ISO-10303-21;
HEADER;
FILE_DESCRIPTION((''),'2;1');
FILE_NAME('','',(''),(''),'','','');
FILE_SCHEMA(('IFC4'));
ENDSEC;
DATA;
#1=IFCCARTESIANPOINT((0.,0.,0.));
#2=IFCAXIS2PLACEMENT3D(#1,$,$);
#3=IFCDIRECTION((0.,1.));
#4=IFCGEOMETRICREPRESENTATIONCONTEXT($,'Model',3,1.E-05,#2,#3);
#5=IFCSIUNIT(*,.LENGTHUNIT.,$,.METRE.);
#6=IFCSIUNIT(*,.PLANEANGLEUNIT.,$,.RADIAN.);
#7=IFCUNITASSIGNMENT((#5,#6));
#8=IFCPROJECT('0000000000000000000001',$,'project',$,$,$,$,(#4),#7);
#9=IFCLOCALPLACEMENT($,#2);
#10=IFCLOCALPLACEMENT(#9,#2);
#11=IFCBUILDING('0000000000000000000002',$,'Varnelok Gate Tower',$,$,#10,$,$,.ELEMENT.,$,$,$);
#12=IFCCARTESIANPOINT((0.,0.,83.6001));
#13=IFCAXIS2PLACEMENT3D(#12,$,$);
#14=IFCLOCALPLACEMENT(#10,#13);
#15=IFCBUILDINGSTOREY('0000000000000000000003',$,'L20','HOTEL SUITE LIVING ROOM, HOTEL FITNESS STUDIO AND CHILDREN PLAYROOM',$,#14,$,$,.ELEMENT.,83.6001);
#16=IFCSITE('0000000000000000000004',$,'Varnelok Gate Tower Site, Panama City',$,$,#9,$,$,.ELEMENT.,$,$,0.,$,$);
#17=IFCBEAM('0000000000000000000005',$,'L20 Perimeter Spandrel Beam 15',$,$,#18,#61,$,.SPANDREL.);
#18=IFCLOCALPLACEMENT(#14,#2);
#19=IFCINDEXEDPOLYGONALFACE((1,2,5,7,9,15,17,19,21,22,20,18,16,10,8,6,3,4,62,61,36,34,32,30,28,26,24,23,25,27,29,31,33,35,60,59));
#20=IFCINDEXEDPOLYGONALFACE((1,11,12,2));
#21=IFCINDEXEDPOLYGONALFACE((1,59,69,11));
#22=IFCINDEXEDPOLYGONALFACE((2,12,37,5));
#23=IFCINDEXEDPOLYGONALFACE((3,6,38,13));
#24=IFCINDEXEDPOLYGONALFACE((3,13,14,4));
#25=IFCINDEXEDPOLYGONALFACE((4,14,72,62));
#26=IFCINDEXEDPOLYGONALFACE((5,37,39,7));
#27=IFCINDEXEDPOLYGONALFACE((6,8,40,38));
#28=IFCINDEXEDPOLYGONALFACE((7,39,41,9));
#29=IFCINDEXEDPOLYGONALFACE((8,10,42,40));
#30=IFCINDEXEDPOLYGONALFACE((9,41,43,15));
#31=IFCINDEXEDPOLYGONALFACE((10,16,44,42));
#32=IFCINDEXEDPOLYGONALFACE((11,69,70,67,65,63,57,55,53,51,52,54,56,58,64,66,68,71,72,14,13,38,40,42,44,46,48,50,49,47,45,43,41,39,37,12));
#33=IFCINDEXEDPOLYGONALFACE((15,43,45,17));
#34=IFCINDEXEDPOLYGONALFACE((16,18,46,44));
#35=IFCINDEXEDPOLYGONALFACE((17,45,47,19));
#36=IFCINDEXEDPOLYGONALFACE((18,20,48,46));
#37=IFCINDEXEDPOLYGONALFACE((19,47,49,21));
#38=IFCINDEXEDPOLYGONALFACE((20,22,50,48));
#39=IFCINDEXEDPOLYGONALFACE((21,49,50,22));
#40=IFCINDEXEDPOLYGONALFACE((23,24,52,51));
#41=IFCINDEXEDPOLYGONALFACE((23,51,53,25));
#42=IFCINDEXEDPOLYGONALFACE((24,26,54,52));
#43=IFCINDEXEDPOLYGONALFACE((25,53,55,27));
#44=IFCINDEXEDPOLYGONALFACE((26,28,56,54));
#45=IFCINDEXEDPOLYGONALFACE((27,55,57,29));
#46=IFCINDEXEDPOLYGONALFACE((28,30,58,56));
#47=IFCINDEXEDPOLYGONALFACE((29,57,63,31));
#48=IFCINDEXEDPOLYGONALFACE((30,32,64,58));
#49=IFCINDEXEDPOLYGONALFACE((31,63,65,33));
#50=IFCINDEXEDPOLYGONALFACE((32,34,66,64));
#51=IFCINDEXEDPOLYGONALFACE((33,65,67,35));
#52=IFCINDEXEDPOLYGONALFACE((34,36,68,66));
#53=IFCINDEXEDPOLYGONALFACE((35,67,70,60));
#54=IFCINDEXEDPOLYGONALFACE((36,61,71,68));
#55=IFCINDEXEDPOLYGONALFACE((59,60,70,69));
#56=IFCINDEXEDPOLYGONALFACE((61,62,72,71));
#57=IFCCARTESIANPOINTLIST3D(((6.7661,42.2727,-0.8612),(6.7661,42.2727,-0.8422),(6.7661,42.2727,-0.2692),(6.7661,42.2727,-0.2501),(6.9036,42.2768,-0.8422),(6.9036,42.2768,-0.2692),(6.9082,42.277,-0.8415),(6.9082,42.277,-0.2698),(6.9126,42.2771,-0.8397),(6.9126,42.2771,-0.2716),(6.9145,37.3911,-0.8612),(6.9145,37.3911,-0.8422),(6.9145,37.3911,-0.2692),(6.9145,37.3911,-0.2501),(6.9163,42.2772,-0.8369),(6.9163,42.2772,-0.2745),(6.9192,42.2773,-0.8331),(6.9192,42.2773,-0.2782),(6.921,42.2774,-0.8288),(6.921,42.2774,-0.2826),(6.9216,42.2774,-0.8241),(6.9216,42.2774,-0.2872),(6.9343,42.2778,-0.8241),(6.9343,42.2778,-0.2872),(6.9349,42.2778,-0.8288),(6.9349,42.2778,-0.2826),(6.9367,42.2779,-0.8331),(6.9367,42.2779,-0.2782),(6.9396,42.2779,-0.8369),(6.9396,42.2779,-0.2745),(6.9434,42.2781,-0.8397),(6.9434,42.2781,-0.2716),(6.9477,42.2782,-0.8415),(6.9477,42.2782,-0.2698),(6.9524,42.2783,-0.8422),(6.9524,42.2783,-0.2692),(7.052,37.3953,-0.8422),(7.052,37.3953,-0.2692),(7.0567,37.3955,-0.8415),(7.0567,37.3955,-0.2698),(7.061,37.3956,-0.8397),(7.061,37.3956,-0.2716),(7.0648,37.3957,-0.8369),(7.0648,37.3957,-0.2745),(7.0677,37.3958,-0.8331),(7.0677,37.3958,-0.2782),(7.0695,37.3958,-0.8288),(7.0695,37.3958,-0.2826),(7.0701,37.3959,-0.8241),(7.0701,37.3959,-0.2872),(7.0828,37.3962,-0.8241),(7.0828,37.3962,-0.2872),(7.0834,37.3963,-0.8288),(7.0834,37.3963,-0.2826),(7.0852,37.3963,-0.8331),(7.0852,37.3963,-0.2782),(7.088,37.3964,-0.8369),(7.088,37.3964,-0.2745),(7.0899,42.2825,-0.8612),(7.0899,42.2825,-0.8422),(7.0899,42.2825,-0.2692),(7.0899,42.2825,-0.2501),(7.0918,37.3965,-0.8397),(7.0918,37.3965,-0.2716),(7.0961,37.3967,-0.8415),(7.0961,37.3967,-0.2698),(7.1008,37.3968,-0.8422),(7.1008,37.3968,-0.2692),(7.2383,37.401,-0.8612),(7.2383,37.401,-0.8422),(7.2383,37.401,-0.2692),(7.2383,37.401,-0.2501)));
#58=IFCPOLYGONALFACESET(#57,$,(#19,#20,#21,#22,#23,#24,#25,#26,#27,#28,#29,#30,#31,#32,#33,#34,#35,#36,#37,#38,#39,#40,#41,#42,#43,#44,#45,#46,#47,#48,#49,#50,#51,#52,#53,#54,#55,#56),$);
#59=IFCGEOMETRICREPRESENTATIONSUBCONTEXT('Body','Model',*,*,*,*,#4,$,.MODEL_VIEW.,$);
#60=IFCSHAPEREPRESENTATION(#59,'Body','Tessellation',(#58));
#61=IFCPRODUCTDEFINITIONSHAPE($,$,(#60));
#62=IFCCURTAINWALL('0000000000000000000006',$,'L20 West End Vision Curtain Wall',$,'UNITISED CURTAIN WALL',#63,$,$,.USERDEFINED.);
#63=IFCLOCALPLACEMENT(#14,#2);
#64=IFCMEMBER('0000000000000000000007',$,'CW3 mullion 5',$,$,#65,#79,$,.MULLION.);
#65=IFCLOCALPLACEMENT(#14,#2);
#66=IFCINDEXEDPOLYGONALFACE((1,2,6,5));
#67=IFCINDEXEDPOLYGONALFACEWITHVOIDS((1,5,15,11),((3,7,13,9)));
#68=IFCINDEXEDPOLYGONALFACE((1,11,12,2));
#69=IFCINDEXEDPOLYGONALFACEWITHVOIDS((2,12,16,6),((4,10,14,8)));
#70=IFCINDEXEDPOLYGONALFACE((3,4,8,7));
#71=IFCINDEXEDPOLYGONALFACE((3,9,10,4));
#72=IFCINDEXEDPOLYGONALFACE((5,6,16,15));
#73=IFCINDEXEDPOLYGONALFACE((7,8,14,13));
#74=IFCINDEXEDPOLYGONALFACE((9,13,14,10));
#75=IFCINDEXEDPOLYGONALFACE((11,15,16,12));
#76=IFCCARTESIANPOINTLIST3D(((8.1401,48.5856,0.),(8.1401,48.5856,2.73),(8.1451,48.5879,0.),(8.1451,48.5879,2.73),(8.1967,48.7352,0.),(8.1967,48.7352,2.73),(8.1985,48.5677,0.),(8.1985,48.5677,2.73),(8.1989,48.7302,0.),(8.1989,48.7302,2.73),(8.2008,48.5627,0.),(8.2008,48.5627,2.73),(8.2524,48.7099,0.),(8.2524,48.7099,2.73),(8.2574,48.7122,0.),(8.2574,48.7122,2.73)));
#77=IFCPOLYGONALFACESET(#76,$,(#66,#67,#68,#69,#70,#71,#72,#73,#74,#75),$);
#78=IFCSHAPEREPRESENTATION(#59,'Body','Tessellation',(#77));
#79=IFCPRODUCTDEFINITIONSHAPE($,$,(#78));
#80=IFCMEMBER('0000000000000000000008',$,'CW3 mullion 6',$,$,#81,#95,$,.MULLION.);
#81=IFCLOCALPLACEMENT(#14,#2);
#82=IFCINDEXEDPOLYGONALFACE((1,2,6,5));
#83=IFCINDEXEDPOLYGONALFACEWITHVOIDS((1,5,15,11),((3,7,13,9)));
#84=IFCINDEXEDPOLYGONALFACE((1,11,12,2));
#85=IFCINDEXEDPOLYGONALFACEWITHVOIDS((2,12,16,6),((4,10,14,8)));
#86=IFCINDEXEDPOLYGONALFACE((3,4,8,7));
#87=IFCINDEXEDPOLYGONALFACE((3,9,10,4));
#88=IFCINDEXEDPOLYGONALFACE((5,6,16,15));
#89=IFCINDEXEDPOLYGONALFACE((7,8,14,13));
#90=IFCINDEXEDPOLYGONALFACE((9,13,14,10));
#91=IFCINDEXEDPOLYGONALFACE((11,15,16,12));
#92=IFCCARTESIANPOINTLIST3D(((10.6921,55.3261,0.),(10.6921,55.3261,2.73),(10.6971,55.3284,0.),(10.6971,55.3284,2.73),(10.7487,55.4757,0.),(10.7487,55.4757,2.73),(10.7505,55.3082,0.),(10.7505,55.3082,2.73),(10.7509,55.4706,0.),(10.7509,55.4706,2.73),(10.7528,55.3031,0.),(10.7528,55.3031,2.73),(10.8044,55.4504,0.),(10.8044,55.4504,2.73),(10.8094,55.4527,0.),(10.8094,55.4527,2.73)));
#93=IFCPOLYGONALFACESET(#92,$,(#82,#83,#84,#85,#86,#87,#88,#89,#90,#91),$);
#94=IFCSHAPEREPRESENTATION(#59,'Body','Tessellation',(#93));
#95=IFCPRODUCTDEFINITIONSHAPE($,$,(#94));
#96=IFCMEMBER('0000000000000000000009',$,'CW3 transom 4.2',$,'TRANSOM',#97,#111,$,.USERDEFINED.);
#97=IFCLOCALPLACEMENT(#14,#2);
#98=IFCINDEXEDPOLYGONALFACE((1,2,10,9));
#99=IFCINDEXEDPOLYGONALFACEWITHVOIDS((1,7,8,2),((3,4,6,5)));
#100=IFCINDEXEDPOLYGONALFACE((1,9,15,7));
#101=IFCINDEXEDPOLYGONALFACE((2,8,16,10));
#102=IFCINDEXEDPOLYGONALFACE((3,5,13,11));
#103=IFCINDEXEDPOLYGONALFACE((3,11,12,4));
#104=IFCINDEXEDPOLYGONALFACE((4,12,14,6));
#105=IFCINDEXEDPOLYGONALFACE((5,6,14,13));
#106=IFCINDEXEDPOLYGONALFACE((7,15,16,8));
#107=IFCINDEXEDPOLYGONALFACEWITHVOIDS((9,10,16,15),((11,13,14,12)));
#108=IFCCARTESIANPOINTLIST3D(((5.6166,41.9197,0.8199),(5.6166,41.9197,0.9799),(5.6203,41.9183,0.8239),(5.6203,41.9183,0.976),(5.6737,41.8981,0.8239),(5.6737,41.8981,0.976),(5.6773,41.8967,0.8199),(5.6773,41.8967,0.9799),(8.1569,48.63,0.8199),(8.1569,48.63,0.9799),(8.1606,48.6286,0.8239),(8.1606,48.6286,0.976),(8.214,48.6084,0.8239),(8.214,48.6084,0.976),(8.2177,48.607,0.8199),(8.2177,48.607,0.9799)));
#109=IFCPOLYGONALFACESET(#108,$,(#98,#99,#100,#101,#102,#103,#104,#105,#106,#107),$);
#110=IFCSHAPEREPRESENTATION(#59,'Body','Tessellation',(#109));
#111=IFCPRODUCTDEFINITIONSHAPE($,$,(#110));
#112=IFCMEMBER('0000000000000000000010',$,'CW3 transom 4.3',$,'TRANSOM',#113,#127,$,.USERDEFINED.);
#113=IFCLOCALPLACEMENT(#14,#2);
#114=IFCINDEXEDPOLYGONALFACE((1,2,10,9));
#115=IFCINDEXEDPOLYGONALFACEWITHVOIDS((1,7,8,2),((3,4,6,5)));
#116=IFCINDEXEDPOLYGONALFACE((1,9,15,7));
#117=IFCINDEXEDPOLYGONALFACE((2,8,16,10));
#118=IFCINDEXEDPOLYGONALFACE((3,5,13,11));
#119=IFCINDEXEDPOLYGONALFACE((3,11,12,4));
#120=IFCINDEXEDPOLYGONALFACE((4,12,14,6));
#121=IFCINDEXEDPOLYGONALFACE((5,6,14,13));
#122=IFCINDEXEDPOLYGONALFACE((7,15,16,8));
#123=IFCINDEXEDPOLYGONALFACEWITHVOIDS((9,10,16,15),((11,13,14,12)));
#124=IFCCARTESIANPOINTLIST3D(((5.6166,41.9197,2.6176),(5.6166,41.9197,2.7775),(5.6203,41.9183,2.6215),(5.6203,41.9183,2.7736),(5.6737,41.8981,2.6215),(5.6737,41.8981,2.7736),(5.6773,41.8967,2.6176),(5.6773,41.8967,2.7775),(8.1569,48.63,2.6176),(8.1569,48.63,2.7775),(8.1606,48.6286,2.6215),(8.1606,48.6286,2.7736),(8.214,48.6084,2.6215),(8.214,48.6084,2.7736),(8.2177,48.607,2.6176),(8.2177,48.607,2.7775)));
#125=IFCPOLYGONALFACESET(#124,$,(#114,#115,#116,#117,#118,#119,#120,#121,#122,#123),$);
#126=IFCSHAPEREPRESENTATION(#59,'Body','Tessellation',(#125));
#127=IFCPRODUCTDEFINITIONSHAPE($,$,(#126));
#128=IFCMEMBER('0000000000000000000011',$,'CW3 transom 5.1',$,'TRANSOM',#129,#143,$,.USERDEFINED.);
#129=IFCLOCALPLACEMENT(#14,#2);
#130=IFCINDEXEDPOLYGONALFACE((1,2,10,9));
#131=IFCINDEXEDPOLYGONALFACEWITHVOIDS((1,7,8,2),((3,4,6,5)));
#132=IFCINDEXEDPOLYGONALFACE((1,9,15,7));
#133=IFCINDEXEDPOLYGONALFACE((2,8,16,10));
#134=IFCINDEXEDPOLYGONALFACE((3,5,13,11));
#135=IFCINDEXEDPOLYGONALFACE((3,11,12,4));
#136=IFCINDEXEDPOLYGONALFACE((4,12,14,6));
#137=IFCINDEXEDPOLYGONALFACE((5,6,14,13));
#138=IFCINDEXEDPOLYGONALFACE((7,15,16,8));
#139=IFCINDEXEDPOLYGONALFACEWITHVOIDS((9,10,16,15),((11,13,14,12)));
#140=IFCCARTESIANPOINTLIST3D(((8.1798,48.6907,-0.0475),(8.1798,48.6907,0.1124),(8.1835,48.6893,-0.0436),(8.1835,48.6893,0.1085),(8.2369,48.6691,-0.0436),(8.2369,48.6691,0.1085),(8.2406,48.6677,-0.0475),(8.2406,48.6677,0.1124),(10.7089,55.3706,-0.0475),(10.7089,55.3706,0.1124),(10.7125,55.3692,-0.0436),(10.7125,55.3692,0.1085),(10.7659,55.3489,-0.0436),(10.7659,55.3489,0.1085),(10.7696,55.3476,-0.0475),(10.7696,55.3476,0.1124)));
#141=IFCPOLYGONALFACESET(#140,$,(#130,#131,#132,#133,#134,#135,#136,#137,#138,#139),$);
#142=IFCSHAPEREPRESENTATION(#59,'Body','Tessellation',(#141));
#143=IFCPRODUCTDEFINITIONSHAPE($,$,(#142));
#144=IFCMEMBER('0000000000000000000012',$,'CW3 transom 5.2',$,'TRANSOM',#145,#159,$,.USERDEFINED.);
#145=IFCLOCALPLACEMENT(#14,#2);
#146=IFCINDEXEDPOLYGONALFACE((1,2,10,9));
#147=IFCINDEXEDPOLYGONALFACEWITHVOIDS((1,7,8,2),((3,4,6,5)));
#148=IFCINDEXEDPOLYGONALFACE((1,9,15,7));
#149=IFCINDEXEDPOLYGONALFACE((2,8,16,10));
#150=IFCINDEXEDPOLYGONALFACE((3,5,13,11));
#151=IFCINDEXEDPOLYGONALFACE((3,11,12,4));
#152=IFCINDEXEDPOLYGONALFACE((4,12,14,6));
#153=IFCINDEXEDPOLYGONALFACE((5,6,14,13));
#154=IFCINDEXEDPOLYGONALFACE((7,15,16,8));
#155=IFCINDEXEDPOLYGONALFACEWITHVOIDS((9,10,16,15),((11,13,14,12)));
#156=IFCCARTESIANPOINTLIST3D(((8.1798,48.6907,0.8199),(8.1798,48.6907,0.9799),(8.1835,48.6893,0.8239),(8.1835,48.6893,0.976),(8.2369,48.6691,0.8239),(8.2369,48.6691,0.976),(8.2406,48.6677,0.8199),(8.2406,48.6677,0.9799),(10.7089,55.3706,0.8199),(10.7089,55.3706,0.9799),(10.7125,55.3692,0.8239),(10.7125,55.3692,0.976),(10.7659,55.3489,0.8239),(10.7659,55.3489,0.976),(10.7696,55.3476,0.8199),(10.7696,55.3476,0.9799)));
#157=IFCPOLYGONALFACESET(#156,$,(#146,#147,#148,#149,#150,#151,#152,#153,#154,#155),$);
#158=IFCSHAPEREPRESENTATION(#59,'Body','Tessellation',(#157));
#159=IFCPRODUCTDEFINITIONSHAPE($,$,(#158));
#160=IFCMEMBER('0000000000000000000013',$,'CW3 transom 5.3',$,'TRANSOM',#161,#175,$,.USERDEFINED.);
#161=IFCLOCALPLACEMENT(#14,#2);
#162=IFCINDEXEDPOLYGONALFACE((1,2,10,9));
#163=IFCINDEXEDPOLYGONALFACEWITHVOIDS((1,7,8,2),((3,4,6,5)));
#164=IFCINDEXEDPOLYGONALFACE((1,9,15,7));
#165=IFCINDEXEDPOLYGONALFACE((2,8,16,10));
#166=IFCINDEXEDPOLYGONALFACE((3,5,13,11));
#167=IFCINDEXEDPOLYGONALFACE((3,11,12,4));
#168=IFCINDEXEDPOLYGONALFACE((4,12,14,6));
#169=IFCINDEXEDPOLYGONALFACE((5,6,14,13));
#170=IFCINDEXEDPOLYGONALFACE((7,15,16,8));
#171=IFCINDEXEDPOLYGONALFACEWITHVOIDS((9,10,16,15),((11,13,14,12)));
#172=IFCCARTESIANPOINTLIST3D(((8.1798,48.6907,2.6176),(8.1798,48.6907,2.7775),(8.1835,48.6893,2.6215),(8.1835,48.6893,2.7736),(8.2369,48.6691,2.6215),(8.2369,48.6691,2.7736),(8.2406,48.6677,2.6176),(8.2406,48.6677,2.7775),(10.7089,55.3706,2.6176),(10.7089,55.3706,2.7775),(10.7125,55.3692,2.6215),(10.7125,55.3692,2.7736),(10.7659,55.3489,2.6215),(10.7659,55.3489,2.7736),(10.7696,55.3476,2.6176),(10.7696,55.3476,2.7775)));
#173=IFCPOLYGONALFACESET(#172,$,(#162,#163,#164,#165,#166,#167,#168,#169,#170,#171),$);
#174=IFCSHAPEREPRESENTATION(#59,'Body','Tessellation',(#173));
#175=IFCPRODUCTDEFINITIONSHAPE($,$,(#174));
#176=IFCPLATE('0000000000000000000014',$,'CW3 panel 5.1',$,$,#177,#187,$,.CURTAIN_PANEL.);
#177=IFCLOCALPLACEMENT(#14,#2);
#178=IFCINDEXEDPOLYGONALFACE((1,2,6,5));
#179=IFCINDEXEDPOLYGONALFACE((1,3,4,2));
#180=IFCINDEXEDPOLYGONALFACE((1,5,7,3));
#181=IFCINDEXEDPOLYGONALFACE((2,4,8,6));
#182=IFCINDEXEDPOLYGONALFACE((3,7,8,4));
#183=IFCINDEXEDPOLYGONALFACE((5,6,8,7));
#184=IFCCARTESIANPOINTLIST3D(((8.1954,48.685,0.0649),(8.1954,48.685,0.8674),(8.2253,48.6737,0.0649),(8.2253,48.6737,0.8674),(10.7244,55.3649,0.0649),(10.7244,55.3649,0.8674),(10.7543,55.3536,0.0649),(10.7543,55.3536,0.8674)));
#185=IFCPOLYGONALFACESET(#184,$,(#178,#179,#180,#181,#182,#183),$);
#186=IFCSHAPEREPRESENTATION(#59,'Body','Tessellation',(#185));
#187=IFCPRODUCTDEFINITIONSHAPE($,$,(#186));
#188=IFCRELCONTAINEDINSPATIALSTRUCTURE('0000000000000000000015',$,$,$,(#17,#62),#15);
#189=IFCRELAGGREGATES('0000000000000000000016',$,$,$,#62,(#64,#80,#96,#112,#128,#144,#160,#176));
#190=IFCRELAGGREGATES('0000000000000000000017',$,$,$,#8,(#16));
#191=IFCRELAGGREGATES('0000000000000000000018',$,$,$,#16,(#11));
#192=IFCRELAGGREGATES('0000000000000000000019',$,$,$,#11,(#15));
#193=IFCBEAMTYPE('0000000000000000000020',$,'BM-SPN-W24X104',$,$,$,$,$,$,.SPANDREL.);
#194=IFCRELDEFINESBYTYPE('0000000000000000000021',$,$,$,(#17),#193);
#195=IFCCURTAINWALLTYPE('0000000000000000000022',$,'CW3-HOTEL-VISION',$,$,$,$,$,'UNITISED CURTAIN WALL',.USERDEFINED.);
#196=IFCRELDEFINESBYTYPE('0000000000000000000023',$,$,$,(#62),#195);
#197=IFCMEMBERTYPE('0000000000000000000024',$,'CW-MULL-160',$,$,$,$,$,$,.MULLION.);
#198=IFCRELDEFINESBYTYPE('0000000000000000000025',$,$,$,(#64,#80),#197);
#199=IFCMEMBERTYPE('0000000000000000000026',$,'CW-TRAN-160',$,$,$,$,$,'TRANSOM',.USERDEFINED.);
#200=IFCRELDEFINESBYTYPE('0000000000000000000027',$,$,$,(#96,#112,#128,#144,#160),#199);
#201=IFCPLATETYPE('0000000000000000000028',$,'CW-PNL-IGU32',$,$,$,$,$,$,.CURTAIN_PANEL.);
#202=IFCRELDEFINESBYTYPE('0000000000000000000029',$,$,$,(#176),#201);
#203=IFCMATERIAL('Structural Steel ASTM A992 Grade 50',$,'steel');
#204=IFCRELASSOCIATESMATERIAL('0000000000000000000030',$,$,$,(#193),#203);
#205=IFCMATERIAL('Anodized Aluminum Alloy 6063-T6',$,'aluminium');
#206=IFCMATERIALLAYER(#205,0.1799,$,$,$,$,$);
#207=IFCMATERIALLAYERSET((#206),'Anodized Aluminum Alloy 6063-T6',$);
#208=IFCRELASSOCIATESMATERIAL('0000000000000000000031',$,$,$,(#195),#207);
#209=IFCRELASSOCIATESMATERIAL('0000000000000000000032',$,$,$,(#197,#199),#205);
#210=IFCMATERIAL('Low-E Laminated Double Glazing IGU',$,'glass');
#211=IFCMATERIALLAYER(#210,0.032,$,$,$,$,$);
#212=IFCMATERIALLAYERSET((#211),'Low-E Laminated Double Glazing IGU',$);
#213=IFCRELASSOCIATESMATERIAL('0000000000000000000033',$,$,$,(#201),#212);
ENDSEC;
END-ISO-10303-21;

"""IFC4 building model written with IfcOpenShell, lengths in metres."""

from ifc_helpers import new_model, si_unit, direction, frame, origin, origin_2d, place, context, subcontext, project, spatial, rectangle, hollow_rectangle, i_section, extrude, source, transform, mapped, material, layer, layer_set, material_profile, profile_set, type_object, element, aggregate, save


model = new_model("IFC4")

# Units and contexts
model_context = context("Model", 3, precision=1e-05, world=origin(), true_north=direction((0.0, 1.0)))
body_context = subcontext(model_context, "Body", "Model", "MODEL_VIEW")
ifc_project = project(units=[si_unit("LENGTHUNIT", "METRE"), si_unit("PLANEANGLEUNIT", "RADIAN")], contexts=[model_context])

# Site, building, storey
site_placement = place(None, origin())
site = spatial("IfcSite", under=ifc_project, at=site_placement, Name="Varnelok Gate Tower Site, Panama City", CompositionType="ELEMENT", RefElevation=0.0)
building_placement = place(site_placement, origin())
building = spatial("IfcBuilding", under=site, at=building_placement, Name="Varnelok Gate Tower", CompositionType="ELEMENT")
storey_placement = place(building_placement, frame((0.0, 0.0, 83.6001)))
storey = spatial("IfcBuildingStorey", under=building, at=storey_placement, Name="L20", Description="HOTEL SUITE LIVING ROOM, HOTEL FITNESS STUDIO AND CHILDREN PLAYROOM", CompositionType="ELEMENT", Elevation=83.6001)

# Shared definitions
ifc_material_1 = material(Name="Structural Steel ASTM A992 Grade 50", Category="steel")

# Beam
ifc_material_profile_1 = material_profile(ifc_material_1, i_section(OverallWidth=0.324, OverallDepth=0.6111, WebThickness=0.0127, FlangeThickness=0.019, FilletRadius=0.0181, at=origin_2d()), Name="W24X104")
ifc_profile_set_1 = profile_set([ifc_material_profile_1], Name="Structural Steel ASTM A992 Grade 50")
beam_type_1 = type_object("IfcBeamType", Name="BM-SPN-W24X104", PredefinedType="SPANDREL", material=ifc_profile_set_1)
beam_1_placement = place(storey_placement, frame((6.928, 42.2776, -0.5557), z_axis=(0.030394, -0.999538, 0.0), x_axis=(0.999538, 0.030394, 0.0)))
element("IfcBeam", 1, at=beam_1_placement, inside=storey, type_object=beam_type_1, Name="L20 Perimeter Spandrel Beam 15", PredefinedType="SPANDREL", context=body_context, shape_type="SweptSolid", body=[
    extrude(i_section(OverallWidth=0.324, OverallDepth=0.6111, WebThickness=0.0127, FlangeThickness=0.019, FilletRadius=0.0181, at=origin_2d()), origin(), (0.0, 0.0, 1.0), 4.8838),
])

# Curtain wall, members, plate
ifc_material_2 = material(Name="Anodized Aluminum Alloy 6063-T6", Category="aluminium")
ifc_layer_1 = layer(ifc_material_2, 0.1799)
ifc_layer_set_1 = layer_set([ifc_layer_1], Name="Anodized Aluminum Alloy 6063-T6")
curtain_wall_type = type_object("IfcCurtainWallType", Name="CW3-HOTEL-VISION", ElementType="UNITISED CURTAIN WALL", PredefinedType="USERDEFINED", material=ifc_layer_set_1)
curtain_wall_placement = place(storey_placement, origin())
curtain_wall = element("IfcCurtainWall", 2, at=curtain_wall_placement, inside=storey, type_object=curtain_wall_type, Name="L20 West End Vision Curtain Wall", ObjectType="UNITISED CURTAIN WALL", PredefinedType="USERDEFINED")
ifc_material_profile_2 = material_profile(ifc_material_2, hollow_rectangle(XDim=0.0649, YDim=0.1599, WallThickness=0.0039, at=origin_2d()), Name="ALU160X65X4")
ifc_profile_set_2 = profile_set([ifc_material_profile_2], Name="Anodized Aluminum Alloy 6063-T6")
member_type_1 = type_object("IfcMemberType", Name="CW-MULL-160", PredefinedType="MULLION", material=ifc_profile_set_2)
member_1_placement = place(storey_placement, frame((8.1987, 48.6489, 0.0), z_axis=(0.0, 0.0, 1.0), x_axis=(-0.935221, 0.354064, 0.0)))
member_1 = element("IfcMember", 3, at=member_1_placement, type_object=member_type_1, Name="CW3 mullion 5", PredefinedType="MULLION", context=body_context, shape_type="SweptSolid", body=[
    extrude(hollow_rectangle(XDim=0.0649, YDim=0.1599, WallThickness=0.0039, at=origin_2d()), origin(), (0.0, 0.0, 1.0), 2.73),
])
member_2_placement = place(storey_placement, frame((10.7507, 55.3894, 0.0), z_axis=(0.0, 0.0, 1.0), x_axis=(-0.935221, 0.354064, 0.0)))
member_2 = element("IfcMember", 4, at=member_2_placement, type_object=member_type_1, Name="CW3 mullion 6", PredefinedType="MULLION", context=body_context, shape_type="SweptSolid", body=[
    extrude(hollow_rectangle(XDim=0.0649, YDim=0.1599, WallThickness=0.0039, at=origin_2d()), origin(), (0.0, 0.0, 1.0), 2.73),
])
ifc_material_profile_3 = material_profile(ifc_material_2, hollow_rectangle(XDim=0.0649, YDim=0.1599, WallThickness=0.0039, at=origin_2d()), Name="ALU160X65X4")
ifc_profile_set_3 = profile_set([ifc_material_profile_3], Name="Anodized Aluminum Alloy 6063-T6")
member_type_2 = type_object("IfcMemberType", Name="CW-TRAN-160", ElementType="TRANSOM", PredefinedType="USERDEFINED", material=ifc_profile_set_3)
member_3_placement = place(storey_placement, frame((5.647, 41.9082, 0.8999), z_axis=(0.354049, 0.935227, 0.0), x_axis=(-0.935227, 0.354049, 0.0)))
member_3 = element("IfcMember", 5, at=member_3_placement, type_object=member_type_2, Name="CW3 transom 4.2", ObjectType="TRANSOM", PredefinedType="USERDEFINED", context=body_context, shape_type="SweptSolid", body=[
    extrude(hollow_rectangle(XDim=0.0649, YDim=0.1599, WallThickness=0.0039, at=origin_2d()), origin(), (0.0, 0.0, 1.0), 7.175),
])
member_4_placement = place(storey_placement, frame((5.647, 41.9082, 2.6975), z_axis=(0.354049, 0.935227, 0.0), x_axis=(-0.935227, 0.354049, 0.0)))
member_4 = element("IfcMember", 6, at=member_4_placement, type_object=member_type_2, Name="CW3 transom 4.3", ObjectType="TRANSOM", PredefinedType="USERDEFINED", context=body_context, shape_type="SweptSolid", body=[
    extrude(hollow_rectangle(XDim=0.0649, YDim=0.1599, WallThickness=0.0039, at=origin_2d()), origin(), (0.0, 0.0, 1.0), 7.175),
])
member_5_placement = place(storey_placement, frame((8.2102, 48.6792, 0.0325), z_axis=(0.354077, 0.935216, 0.0), x_axis=(-0.935216, 0.354077, 0.0)))
member_5 = element("IfcMember", 7, at=member_5_placement, type_object=member_type_2, Name="CW3 transom 5.1", ObjectType="TRANSOM", PredefinedType="USERDEFINED", context=body_context, shape_type="SweptSolid", body=[
    extrude(hollow_rectangle(XDim=0.0649, YDim=0.1599, WallThickness=0.0039, at=origin_2d()), origin(), (0.0, 0.0, 1.0), 7.1426),
])
member_6_placement = place(storey_placement, frame((8.2102, 48.6792, 0.8999), z_axis=(0.354077, 0.935216, 0.0), x_axis=(-0.935216, 0.354077, 0.0)))
member_6 = element("IfcMember", 8, at=member_6_placement, type_object=member_type_2, Name="CW3 transom 5.2", ObjectType="TRANSOM", PredefinedType="USERDEFINED", context=body_context, shape_type="SweptSolid", body=[
    extrude(hollow_rectangle(XDim=0.0649, YDim=0.1599, WallThickness=0.0039, at=origin_2d()), origin(), (0.0, 0.0, 1.0), 7.1426),
])
member_7_placement = place(storey_placement, frame((8.2102, 48.6792, 2.6975), z_axis=(0.354077, 0.935216, 0.0), x_axis=(-0.935216, 0.354077, 0.0)))
member_7 = element("IfcMember", 9, at=member_7_placement, type_object=member_type_2, Name="CW3 transom 5.3", ObjectType="TRANSOM", PredefinedType="USERDEFINED", context=body_context, shape_type="SweptSolid", body=[
    extrude(hollow_rectangle(XDim=0.0649, YDim=0.1599, WallThickness=0.0039, at=origin_2d()), origin(), (0.0, 0.0, 1.0), 7.1426),
])
ifc_material_3 = material(Name="Low-E Laminated Double Glazing IGU", Category="glass")
ifc_layer_2 = layer(ifc_material_3, 0.032)
ifc_layer_set_2 = layer_set([ifc_layer_2], Name="Low-E Laminated Double Glazing IGU")
plate_type = type_object("IfcPlateType", Name="CW-PNL-IGU32", PredefinedType="CURTAIN_PANEL", material=ifc_layer_set_2)
shared_shape_1 = source(origin(), body_context, "Body", "SweptSolid", [
    extrude(rectangle(XDim=7.1426, YDim=0.032, at=origin_2d()), origin(), (0.0, 0.0, 1.0), 0.8025),
])
plate_1_placement = place(storey_placement, frame((9.4749, 52.0193, 0.0649), z_axis=(0.0, 0.0, 1.0), x_axis=(0.354064, 0.935221, 0.0)))
plate_1 = element("IfcPlate", 10, at=plate_1_placement, type_object=plate_type, Name="CW3 panel 5.1", PredefinedType="CURTAIN_PANEL", context=body_context, shape_type="MappedRepresentation", body=[
    mapped(shared_shape_1, transform((0.0, 0.0, 0.0), scale=1.0)),
])
aggregate(curtain_wall, [member_1, member_2, member_3, member_4, member_5, member_6, member_7, plate_1])

save(model, "model.ifc")
